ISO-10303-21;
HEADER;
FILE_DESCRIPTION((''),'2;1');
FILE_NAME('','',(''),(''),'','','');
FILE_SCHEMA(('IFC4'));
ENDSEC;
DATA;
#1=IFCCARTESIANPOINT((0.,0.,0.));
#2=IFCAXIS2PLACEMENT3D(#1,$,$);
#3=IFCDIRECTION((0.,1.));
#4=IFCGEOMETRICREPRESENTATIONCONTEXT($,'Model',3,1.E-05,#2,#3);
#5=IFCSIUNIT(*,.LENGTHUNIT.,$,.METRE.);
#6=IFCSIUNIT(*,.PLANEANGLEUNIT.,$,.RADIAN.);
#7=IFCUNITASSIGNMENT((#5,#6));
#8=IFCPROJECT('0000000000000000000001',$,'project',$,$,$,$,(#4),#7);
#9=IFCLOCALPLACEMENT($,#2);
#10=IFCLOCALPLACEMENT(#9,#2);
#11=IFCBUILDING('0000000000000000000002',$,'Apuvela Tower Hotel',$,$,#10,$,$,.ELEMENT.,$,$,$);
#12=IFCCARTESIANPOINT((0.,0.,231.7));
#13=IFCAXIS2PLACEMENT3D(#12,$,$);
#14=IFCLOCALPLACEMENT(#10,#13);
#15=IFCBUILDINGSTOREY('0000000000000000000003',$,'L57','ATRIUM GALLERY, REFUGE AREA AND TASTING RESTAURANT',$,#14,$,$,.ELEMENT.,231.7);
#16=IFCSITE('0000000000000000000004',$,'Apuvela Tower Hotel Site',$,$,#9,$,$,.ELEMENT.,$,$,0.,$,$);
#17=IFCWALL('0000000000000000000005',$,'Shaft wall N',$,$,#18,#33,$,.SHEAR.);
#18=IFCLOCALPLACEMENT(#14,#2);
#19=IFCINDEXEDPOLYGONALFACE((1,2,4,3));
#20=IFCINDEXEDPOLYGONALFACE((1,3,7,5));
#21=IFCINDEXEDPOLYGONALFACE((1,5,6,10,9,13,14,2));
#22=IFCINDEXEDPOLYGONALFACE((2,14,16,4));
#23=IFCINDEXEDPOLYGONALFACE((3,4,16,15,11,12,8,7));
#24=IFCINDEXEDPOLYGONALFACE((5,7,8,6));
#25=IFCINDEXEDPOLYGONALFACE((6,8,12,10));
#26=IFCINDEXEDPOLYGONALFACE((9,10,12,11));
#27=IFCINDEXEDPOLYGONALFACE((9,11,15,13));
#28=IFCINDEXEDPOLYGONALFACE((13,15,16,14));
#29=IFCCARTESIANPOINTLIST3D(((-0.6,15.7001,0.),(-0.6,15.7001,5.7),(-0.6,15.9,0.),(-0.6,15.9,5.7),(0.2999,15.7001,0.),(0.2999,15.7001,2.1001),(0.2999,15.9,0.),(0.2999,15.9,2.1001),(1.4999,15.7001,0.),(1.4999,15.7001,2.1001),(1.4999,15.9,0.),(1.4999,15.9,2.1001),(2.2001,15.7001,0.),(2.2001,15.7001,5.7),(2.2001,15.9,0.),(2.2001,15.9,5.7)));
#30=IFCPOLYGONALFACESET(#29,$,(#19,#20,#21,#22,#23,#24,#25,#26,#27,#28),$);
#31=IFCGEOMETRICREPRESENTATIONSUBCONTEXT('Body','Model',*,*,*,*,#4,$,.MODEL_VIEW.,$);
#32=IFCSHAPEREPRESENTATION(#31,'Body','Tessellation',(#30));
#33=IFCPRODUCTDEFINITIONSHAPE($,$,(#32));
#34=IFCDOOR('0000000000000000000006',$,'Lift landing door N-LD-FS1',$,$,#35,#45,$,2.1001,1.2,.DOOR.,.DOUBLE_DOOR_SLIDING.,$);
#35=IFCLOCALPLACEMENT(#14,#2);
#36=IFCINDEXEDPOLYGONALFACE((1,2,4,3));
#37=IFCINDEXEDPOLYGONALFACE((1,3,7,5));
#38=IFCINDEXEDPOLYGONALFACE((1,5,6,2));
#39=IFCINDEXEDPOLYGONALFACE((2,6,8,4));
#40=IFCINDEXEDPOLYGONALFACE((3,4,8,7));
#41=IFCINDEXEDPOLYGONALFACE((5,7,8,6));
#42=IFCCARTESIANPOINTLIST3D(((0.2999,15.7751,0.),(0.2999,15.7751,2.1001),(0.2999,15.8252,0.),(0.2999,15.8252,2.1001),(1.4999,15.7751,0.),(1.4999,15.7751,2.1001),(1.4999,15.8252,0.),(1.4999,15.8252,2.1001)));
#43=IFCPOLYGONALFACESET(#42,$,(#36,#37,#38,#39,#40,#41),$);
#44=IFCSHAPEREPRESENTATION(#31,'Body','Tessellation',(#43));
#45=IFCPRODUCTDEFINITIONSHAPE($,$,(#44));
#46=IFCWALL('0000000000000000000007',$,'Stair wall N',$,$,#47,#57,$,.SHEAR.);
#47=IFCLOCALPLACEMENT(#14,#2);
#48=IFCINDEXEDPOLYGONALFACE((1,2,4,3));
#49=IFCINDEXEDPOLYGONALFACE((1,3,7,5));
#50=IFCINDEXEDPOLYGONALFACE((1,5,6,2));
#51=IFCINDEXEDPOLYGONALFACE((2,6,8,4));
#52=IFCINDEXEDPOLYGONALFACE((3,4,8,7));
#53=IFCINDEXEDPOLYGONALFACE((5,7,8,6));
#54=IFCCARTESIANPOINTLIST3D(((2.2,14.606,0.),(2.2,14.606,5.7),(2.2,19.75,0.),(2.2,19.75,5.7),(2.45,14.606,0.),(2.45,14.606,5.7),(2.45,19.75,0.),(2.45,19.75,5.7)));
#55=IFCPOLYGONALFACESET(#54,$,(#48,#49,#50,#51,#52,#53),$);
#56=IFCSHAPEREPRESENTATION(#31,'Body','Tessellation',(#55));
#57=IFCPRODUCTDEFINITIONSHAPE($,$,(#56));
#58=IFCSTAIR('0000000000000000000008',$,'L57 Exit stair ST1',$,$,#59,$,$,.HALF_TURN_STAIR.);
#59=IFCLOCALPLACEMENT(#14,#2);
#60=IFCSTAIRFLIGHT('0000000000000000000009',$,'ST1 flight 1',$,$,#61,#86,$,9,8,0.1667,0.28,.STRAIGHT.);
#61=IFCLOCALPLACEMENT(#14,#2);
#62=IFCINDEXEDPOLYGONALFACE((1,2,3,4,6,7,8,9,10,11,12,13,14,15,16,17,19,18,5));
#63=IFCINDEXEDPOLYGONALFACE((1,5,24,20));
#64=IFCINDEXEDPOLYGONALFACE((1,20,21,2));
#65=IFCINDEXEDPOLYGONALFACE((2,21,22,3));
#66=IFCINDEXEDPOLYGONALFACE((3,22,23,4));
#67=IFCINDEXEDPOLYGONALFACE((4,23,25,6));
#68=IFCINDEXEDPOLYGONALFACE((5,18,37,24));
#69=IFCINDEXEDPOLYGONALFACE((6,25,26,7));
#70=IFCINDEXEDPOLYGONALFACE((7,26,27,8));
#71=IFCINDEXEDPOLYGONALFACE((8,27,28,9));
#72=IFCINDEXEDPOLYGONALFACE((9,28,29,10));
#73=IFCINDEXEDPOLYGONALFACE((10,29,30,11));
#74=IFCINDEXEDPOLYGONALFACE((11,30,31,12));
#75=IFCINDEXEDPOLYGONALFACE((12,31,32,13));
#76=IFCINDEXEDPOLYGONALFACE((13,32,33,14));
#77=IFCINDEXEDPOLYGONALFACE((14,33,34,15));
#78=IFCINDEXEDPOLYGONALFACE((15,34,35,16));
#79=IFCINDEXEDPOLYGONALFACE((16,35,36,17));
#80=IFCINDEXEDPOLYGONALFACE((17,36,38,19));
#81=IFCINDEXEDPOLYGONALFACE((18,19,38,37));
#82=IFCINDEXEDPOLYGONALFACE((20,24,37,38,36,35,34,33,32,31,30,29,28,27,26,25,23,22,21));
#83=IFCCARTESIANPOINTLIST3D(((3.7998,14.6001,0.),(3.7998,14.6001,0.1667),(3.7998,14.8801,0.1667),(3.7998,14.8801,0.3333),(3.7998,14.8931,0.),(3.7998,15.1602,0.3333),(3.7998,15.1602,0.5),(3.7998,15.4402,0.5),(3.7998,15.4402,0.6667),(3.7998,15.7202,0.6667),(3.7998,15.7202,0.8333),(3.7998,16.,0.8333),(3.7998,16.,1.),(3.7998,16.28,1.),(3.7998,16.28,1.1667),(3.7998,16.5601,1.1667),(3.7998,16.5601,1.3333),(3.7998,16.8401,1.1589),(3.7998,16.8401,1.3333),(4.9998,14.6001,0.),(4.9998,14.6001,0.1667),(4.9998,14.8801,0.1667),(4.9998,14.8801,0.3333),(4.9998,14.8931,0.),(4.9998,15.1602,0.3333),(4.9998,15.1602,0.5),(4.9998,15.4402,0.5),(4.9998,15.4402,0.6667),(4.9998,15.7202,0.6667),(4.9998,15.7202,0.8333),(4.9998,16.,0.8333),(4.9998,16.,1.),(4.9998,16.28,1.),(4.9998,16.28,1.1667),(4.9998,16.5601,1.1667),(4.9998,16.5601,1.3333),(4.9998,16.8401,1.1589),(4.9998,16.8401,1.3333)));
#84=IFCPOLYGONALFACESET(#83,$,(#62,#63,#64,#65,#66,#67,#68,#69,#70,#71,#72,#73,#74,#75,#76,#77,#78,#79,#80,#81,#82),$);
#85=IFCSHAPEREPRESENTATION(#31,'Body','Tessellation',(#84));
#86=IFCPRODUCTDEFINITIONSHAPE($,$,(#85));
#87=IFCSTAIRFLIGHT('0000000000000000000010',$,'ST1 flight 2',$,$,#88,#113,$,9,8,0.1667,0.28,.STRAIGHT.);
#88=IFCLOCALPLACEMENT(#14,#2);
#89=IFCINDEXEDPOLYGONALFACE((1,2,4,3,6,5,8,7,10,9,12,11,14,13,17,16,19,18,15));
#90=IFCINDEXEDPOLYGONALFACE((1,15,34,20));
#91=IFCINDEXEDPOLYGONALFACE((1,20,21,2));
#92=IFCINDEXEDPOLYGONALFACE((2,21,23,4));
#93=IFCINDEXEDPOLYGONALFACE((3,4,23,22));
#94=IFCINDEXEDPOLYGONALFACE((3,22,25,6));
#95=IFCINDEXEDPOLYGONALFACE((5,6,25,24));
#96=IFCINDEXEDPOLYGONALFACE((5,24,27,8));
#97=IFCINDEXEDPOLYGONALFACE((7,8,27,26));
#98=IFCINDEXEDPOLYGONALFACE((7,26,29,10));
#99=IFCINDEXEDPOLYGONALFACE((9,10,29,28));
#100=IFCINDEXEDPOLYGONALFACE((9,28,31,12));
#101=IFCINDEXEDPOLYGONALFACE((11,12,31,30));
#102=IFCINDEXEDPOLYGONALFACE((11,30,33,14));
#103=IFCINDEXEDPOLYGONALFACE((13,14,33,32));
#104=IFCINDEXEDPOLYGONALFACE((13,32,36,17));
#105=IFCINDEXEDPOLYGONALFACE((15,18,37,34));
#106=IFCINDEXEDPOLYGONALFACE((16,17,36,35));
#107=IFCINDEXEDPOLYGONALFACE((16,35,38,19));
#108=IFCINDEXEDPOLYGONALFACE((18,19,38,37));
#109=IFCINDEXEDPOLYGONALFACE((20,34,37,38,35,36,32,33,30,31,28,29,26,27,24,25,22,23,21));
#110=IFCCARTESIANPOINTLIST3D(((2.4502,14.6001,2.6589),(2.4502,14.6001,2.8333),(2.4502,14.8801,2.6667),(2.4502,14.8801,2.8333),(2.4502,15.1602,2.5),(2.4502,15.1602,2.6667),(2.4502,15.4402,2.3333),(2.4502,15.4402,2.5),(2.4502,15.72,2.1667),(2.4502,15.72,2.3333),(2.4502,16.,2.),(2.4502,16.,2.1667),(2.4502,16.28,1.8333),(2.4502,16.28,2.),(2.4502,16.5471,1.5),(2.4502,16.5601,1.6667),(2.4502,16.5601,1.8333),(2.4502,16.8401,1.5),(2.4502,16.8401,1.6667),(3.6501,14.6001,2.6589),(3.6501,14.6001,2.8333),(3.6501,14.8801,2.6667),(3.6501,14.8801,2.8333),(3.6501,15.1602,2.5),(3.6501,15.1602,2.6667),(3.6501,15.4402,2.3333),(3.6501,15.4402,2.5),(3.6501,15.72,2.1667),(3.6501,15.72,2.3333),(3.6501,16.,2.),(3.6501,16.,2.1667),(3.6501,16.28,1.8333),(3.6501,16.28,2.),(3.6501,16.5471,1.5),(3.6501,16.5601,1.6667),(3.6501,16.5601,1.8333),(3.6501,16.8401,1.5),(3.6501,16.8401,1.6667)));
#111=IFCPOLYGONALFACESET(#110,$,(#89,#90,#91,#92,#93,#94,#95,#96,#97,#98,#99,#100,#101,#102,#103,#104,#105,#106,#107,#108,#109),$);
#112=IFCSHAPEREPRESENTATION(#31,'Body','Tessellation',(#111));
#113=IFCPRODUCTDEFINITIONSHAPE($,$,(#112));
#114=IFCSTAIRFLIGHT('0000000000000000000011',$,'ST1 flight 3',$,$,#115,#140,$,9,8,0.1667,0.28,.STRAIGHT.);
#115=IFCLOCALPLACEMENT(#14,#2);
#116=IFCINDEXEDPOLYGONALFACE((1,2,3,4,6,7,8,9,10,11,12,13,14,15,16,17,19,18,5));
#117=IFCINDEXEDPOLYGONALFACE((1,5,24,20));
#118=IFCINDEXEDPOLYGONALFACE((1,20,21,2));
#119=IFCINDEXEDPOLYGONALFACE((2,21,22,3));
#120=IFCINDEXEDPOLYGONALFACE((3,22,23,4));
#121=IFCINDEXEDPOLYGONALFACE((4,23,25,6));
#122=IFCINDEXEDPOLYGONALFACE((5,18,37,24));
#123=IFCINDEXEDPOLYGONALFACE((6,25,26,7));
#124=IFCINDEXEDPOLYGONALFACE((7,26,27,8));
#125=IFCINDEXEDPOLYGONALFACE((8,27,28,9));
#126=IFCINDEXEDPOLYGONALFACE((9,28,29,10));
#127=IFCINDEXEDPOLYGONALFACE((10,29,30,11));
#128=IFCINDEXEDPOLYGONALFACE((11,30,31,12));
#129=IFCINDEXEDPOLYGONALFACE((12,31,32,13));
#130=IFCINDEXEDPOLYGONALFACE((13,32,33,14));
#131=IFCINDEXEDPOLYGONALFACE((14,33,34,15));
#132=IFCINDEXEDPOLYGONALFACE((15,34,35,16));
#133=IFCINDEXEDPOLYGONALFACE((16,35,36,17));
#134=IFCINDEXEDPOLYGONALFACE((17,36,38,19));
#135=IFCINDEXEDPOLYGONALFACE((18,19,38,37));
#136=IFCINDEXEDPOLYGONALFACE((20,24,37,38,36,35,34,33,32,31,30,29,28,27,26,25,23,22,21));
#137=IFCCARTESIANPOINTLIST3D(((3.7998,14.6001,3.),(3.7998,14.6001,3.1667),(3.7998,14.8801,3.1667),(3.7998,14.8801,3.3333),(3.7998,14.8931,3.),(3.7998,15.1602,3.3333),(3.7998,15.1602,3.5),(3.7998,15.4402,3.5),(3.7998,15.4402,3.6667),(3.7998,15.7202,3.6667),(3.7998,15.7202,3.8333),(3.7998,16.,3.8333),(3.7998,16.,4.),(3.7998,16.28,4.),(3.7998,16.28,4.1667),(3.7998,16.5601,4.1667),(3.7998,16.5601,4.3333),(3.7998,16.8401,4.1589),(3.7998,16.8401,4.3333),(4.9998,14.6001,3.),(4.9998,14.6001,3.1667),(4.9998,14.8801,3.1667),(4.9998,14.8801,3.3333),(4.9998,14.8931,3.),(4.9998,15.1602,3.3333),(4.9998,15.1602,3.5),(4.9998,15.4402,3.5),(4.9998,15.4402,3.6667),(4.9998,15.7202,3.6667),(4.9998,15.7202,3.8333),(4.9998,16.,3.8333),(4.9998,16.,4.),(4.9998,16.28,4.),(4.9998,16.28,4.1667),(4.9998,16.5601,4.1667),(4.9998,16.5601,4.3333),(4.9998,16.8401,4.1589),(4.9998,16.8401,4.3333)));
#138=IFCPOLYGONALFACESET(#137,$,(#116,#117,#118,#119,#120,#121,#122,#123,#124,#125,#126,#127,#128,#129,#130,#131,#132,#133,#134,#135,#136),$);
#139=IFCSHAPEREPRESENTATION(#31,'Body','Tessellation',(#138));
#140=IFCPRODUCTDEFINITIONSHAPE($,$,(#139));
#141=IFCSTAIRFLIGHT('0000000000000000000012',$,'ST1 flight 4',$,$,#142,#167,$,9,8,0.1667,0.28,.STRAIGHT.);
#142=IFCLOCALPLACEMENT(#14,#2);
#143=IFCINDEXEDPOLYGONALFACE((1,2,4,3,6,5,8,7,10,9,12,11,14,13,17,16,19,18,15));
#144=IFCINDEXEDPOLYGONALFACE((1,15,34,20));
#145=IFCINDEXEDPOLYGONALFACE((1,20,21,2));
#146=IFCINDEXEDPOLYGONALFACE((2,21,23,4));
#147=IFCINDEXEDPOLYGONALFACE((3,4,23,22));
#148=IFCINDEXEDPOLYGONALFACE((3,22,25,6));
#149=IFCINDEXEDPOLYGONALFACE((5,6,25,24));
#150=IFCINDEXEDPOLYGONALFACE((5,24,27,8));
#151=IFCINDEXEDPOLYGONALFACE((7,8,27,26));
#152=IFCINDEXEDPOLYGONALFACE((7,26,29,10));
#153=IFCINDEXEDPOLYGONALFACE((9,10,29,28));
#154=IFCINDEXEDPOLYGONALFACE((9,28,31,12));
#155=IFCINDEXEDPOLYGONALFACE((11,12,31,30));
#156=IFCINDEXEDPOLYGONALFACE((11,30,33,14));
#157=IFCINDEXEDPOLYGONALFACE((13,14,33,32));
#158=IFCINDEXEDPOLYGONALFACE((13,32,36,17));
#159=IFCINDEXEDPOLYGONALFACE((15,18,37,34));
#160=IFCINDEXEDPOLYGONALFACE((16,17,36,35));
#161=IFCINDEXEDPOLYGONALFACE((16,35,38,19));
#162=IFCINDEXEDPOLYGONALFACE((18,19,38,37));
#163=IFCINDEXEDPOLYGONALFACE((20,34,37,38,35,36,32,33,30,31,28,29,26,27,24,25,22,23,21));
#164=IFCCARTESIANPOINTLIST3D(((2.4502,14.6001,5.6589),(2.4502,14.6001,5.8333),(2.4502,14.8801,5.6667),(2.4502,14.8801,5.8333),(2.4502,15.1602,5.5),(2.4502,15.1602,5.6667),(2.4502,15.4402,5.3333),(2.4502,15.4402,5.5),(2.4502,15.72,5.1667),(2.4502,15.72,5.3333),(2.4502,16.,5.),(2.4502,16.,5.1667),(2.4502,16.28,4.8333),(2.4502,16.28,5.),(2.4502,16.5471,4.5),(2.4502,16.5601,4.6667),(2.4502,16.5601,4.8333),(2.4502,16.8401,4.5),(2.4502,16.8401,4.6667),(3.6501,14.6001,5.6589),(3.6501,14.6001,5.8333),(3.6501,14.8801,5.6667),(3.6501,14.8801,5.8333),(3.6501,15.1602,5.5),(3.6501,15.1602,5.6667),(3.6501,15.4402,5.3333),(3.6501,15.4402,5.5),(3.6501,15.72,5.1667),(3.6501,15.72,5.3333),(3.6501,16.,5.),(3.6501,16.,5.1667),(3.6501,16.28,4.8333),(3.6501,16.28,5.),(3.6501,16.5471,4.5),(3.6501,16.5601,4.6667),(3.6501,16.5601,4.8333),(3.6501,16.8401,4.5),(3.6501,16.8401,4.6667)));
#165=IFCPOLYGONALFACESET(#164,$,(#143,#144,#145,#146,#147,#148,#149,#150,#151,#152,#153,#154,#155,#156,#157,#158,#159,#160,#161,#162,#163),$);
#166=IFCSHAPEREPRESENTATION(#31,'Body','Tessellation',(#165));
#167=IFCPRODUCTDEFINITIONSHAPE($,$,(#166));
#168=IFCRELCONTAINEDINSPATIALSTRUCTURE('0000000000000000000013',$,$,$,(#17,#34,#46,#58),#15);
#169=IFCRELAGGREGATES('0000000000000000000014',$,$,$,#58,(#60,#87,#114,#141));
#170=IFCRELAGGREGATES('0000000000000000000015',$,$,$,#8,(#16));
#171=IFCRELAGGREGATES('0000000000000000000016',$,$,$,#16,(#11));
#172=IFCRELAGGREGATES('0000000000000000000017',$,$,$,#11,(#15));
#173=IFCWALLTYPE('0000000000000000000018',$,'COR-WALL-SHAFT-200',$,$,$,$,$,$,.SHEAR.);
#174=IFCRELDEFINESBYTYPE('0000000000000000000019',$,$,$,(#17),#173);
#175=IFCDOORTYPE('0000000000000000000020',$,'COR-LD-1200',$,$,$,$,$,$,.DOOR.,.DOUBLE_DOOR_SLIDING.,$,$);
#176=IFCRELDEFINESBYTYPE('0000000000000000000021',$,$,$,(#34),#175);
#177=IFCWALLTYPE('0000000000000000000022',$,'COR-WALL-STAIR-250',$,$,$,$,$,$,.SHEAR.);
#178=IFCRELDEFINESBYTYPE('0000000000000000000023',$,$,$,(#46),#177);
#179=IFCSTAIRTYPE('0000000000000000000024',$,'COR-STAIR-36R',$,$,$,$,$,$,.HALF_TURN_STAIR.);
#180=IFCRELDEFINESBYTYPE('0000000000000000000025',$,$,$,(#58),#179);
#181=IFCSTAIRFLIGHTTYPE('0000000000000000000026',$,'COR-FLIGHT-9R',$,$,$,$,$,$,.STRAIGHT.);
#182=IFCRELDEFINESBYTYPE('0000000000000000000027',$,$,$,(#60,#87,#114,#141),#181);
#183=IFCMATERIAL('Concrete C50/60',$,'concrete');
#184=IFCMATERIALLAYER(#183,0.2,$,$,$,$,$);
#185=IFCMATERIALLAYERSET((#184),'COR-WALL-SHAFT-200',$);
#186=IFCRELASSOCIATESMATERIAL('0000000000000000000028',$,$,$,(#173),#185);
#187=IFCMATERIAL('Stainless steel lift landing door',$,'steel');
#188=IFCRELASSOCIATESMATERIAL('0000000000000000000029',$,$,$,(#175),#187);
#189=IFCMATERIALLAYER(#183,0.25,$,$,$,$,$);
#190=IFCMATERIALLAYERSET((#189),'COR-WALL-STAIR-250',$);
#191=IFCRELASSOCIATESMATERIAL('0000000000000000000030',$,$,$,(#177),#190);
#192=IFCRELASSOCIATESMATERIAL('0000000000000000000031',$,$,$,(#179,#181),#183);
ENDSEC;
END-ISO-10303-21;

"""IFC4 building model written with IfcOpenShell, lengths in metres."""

from ifc_helpers import new_model, si_unit, direction, frame, frame_2d, origin, place, context, subcontext, project, spatial, polyline, rectangle, outline, extrude, material, layer, layer_set, type_object, element, fill, aggregate, save


model = new_model("IFC4")

# Units and contexts
model_context = context("Model", 3, precision=1e-05, world=origin(), true_north=direction((0.0, 1.0)))
body_context = subcontext(model_context, "Body", "Model", "MODEL_VIEW")
ifc_project = project(units=[si_unit("LENGTHUNIT", "METRE"), si_unit("PLANEANGLEUNIT", "RADIAN")], contexts=[model_context])

# Site, building, storey
site_placement = place(None, origin())
site = spatial("IfcSite", under=ifc_project, at=site_placement, Name="Apuvela Tower Hotel Site", CompositionType="ELEMENT", RefElevation=0.0)
building_placement = place(site_placement, origin())
building = spatial("IfcBuilding", under=site, at=building_placement, Name="Apuvela Tower Hotel", CompositionType="ELEMENT")
storey_placement = place(building_placement, frame((0.0, 0.0, 231.7)))
storey = spatial("IfcBuildingStorey", under=building, at=storey_placement, Name="L57", Description="ATRIUM GALLERY, REFUGE AREA AND TASTING RESTAURANT", CompositionType="ELEMENT", Elevation=231.7)

# Shared definitions
ifc_material_1 = material(Name="Concrete C50/60", Category="concrete")

# Wall, opening, door
ifc_layer_1 = layer(ifc_material_1, 0.2)
ifc_layer_set_1 = layer_set([ifc_layer_1], Name="COR-WALL-SHAFT-200")
wall_type_1 = type_object("IfcWallType", Name="COR-WALL-SHAFT-200", PredefinedType="SHEAR", material=ifc_layer_set_1)
wall_1_placement = place(storey_placement, frame((2.2, 15.8, 0.0), z_axis=(0.0, 0.0, 1.0), x_axis=(-1.0, 0.0, 0.0)))
wall_1 = element("IfcWall", 1, at=wall_1_placement, inside=storey, type_object=wall_type_1, Name="Shaft wall N", PredefinedType="SHEAR", context=body_context, shape_type="SweptSolid", body=[
    extrude(rectangle(XDim=2.8, YDim=0.2, at=frame_2d((1.3999, 0.0))), origin(), (0.0, 0.0, 1.0), 5.7),
])
opening_placement = place(wall_1_placement, frame((0.7, 0.0, 0.0)))
opening = element("IfcOpeningElement", 2, at=opening_placement, cuts=wall_1, PredefinedType="OPENING", context=body_context, shape_type="SweptSolid", body=[
    extrude(rectangle(XDim=1.2, YDim=2.1001, at=frame_2d((0.6001, 1.05))), frame((0.0, 0.1099, 0.0), z_axis=(0.0, -1.0, 0.0), x_axis=(1.0, 0.0, 0.0)), (0.0, 0.0, 1.0), 0.22),
])
ifc_material_2 = material(Name="Stainless steel lift landing door", Category="steel")
door_type = type_object("IfcDoorType", Name="COR-LD-1200", OperationType="DOUBLE_DOOR_SLIDING", PredefinedType="DOOR", material=ifc_material_2)
door_placement = place(opening_placement, origin())
door = element("IfcDoor", 3, at=door_placement, inside=storey, type_object=door_type, Name="Lift landing door N-LD-FS1", OperationType="DOUBLE_DOOR_SLIDING", OverallHeight=2.1001, OverallWidth=1.2, PredefinedType="DOOR", context=body_context, shape_type="SweptSolid", body=[
    extrude(rectangle(XDim=1.2, YDim=2.1001, at=frame_2d((0.6001, 1.05))), frame((0.0, 0.0249, 0.0), z_axis=(0.0, -1.0, 0.0), x_axis=(1.0, 0.0, 0.0)), (0.0, 0.0, 1.0), 0.05),
])
fill(opening, door)

# Wall
ifc_layer_2 = layer(ifc_material_1, 0.25)
ifc_layer_set_2 = layer_set([ifc_layer_2], Name="COR-WALL-STAIR-250")
wall_type_2 = type_object("IfcWallType", Name="COR-WALL-STAIR-250", PredefinedType="SHEAR", material=ifc_layer_set_2)
wall_2_placement = place(storey_placement, frame((2.325, 14.606, 0.0), z_axis=(0.0, 0.0, 1.0), x_axis=(0.0, 1.0, 0.0)))
element("IfcWall", 4, at=wall_2_placement, inside=storey, type_object=wall_type_2, Name="Stair wall N", PredefinedType="SHEAR", context=body_context, shape_type="SweptSolid", body=[
    extrude(rectangle(XDim=5.144, YDim=0.25, at=frame_2d((2.572, 0.0))), origin(), (0.0, 0.0, 1.0), 5.7),
])

# Stair, stair flights
stair_type = type_object("IfcStairType", Name="COR-STAIR-36R", PredefinedType="HALF_TURN_STAIR", material=ifc_material_1)
stair_placement = place(storey_placement, origin())
stair = element("IfcStair", 5, at=stair_placement, inside=storey, type_object=stair_type, Name="L57 Exit stair ST1", PredefinedType="HALF_TURN_STAIR")
stair_flight_type = type_object("IfcStairFlightType", Name="COR-FLIGHT-9R", PredefinedType="STRAIGHT", material=ifc_material_1)
stair_flight_1_placement = place(storey_placement, frame((4.3999, 14.6001, 0.0), z_axis=(0.0, 0.0, 1.0), x_axis=(0.0, 1.0, 0.0)))
stair_flight_1 = element("IfcStairFlight", 6, at=stair_flight_1_placement, type_object=stair_flight_type, Name="ST1 flight 1", NumberOfRisers=9, NumberOfTreads=8, PredefinedType="STRAIGHT", RiserHeight=0.1667, TreadLength=0.28, context=body_context, shape_type="SweptSolid", body=[
    extrude(outline(polyline([(0.0, 0.0), (0.0, 0.1667), (0.28, 0.1667), (0.28, 0.3333), (0.5601, 0.3333), (0.5601, 0.5), (0.8401, 0.5), (0.8401, 0.6667), (1.1201, 0.6667), (1.1201, 0.8333), (1.3999, 0.8333), (1.3999, 1.0), (1.6799, 1.0), (1.6799, 1.1667), (1.96, 1.1667), (1.96, 1.3333), (2.24, 1.3333), (2.24, 1.5), (2.24, 1.1589), (0.293, 0.0), (0.0, 0.0)])), frame((0.0, 0.6001, 0.0), z_axis=(0.0, -1.0, 0.0), x_axis=(1.0, 0.0, 0.0)), (0.0, 0.0, 1.0), 1.2),
])
stair_flight_2_placement = place(storey_placement, frame((3.05, 16.8401, 1.5), z_axis=(0.0, 0.0, 1.0), x_axis=(0.0, -1.0, 0.0)))
stair_flight_2 = element("IfcStairFlight", 7, at=stair_flight_2_placement, type_object=stair_flight_type, Name="ST1 flight 2", NumberOfRisers=9, NumberOfTreads=8, PredefinedType="STRAIGHT", RiserHeight=0.1667, TreadLength=0.28, context=body_context, shape_type="SweptSolid", body=[
    extrude(outline(polyline([(0.0, 0.0), (0.0, 0.1667), (0.28, 0.1667), (0.28, 0.3333), (0.5601, 0.3333), (0.5601, 0.5), (0.8401, 0.5), (0.8401, 0.6667), (1.1201, 0.6667), (1.1201, 0.8333), (1.3999, 0.8333), (1.3999, 1.0), (1.6799, 1.0), (1.6799, 1.1667), (1.96, 1.1667), (1.96, 1.3333), (2.24, 1.3333), (2.24, 1.5), (2.24, 1.1589), (0.293, 0.0), (0.0, 0.0)])), frame((0.0, 0.6001, 0.0), z_axis=(0.0, -1.0, 0.0), x_axis=(1.0, 0.0, 0.0)), (0.0, 0.0, 1.0), 1.2),
])
stair_flight_3_placement = place(storey_placement, frame((4.3999, 14.6001, 3.0), z_axis=(0.0, 0.0, 1.0), x_axis=(0.0, 1.0, 0.0)))
stair_flight_3 = element("IfcStairFlight", 8, at=stair_flight_3_placement, type_object=stair_flight_type, Name="ST1 flight 3", NumberOfRisers=9, NumberOfTreads=8, PredefinedType="STRAIGHT", RiserHeight=0.1667, TreadLength=0.28, context=body_context, shape_type="SweptSolid", body=[
    extrude(outline(polyline([(0.0, 0.0), (0.0, 0.1667), (0.28, 0.1667), (0.28, 0.3333), (0.5601, 0.3333), (0.5601, 0.5), (0.8401, 0.5), (0.8401, 0.6667), (1.1201, 0.6667), (1.1201, 0.8333), (1.3999, 0.8333), (1.3999, 1.0), (1.6799, 1.0), (1.6799, 1.1667), (1.96, 1.1667), (1.96, 1.3333), (2.24, 1.3333), (2.24, 1.5), (2.24, 1.1589), (0.293, 0.0), (0.0, 0.0)])), frame((0.0, 0.6001, 0.0), z_axis=(0.0, -1.0, 0.0), x_axis=(1.0, 0.0, 0.0)), (0.0, 0.0, 1.0), 1.2),
])
stair_flight_4_placement = place(storey_placement, frame((3.05, 16.8401, 4.5), z_axis=(0.0, 0.0, 1.0), x_axis=(0.0, -1.0, 0.0)))
stair_flight_4 = element("IfcStairFlight", 9, at=stair_flight_4_placement, type_object=stair_flight_type, Name="ST1 flight 4", NumberOfRisers=9, NumberOfTreads=8, PredefinedType="STRAIGHT", RiserHeight=0.1667, TreadLength=0.28, context=body_context, shape_type="SweptSolid", body=[
    extrude(outline(polyline([(0.0, 0.0), (0.0, 0.1667), (0.28, 0.1667), (0.28, 0.3333), (0.5601, 0.3333), (0.5601, 0.5), (0.8401, 0.5), (0.8401, 0.6667), (1.1201, 0.6667), (1.1201, 0.8333), (1.3999, 0.8333), (1.3999, 1.0), (1.6799, 1.0), (1.6799, 1.1667), (1.96, 1.1667), (1.96, 1.3333), (2.24, 1.3333), (2.24, 1.5), (2.24, 1.1589), (0.293, 0.0), (0.0, 0.0)])), frame((0.0, 0.6001, 0.0), z_axis=(0.0, -1.0, 0.0), x_axis=(1.0, 0.0, 0.0)), (0.0, 0.0, 1.0), 1.2),
])
aggregate(stair, [stair_flight_1, stair_flight_2, stair_flight_3, stair_flight_4])

save(model, "model.ifc")
